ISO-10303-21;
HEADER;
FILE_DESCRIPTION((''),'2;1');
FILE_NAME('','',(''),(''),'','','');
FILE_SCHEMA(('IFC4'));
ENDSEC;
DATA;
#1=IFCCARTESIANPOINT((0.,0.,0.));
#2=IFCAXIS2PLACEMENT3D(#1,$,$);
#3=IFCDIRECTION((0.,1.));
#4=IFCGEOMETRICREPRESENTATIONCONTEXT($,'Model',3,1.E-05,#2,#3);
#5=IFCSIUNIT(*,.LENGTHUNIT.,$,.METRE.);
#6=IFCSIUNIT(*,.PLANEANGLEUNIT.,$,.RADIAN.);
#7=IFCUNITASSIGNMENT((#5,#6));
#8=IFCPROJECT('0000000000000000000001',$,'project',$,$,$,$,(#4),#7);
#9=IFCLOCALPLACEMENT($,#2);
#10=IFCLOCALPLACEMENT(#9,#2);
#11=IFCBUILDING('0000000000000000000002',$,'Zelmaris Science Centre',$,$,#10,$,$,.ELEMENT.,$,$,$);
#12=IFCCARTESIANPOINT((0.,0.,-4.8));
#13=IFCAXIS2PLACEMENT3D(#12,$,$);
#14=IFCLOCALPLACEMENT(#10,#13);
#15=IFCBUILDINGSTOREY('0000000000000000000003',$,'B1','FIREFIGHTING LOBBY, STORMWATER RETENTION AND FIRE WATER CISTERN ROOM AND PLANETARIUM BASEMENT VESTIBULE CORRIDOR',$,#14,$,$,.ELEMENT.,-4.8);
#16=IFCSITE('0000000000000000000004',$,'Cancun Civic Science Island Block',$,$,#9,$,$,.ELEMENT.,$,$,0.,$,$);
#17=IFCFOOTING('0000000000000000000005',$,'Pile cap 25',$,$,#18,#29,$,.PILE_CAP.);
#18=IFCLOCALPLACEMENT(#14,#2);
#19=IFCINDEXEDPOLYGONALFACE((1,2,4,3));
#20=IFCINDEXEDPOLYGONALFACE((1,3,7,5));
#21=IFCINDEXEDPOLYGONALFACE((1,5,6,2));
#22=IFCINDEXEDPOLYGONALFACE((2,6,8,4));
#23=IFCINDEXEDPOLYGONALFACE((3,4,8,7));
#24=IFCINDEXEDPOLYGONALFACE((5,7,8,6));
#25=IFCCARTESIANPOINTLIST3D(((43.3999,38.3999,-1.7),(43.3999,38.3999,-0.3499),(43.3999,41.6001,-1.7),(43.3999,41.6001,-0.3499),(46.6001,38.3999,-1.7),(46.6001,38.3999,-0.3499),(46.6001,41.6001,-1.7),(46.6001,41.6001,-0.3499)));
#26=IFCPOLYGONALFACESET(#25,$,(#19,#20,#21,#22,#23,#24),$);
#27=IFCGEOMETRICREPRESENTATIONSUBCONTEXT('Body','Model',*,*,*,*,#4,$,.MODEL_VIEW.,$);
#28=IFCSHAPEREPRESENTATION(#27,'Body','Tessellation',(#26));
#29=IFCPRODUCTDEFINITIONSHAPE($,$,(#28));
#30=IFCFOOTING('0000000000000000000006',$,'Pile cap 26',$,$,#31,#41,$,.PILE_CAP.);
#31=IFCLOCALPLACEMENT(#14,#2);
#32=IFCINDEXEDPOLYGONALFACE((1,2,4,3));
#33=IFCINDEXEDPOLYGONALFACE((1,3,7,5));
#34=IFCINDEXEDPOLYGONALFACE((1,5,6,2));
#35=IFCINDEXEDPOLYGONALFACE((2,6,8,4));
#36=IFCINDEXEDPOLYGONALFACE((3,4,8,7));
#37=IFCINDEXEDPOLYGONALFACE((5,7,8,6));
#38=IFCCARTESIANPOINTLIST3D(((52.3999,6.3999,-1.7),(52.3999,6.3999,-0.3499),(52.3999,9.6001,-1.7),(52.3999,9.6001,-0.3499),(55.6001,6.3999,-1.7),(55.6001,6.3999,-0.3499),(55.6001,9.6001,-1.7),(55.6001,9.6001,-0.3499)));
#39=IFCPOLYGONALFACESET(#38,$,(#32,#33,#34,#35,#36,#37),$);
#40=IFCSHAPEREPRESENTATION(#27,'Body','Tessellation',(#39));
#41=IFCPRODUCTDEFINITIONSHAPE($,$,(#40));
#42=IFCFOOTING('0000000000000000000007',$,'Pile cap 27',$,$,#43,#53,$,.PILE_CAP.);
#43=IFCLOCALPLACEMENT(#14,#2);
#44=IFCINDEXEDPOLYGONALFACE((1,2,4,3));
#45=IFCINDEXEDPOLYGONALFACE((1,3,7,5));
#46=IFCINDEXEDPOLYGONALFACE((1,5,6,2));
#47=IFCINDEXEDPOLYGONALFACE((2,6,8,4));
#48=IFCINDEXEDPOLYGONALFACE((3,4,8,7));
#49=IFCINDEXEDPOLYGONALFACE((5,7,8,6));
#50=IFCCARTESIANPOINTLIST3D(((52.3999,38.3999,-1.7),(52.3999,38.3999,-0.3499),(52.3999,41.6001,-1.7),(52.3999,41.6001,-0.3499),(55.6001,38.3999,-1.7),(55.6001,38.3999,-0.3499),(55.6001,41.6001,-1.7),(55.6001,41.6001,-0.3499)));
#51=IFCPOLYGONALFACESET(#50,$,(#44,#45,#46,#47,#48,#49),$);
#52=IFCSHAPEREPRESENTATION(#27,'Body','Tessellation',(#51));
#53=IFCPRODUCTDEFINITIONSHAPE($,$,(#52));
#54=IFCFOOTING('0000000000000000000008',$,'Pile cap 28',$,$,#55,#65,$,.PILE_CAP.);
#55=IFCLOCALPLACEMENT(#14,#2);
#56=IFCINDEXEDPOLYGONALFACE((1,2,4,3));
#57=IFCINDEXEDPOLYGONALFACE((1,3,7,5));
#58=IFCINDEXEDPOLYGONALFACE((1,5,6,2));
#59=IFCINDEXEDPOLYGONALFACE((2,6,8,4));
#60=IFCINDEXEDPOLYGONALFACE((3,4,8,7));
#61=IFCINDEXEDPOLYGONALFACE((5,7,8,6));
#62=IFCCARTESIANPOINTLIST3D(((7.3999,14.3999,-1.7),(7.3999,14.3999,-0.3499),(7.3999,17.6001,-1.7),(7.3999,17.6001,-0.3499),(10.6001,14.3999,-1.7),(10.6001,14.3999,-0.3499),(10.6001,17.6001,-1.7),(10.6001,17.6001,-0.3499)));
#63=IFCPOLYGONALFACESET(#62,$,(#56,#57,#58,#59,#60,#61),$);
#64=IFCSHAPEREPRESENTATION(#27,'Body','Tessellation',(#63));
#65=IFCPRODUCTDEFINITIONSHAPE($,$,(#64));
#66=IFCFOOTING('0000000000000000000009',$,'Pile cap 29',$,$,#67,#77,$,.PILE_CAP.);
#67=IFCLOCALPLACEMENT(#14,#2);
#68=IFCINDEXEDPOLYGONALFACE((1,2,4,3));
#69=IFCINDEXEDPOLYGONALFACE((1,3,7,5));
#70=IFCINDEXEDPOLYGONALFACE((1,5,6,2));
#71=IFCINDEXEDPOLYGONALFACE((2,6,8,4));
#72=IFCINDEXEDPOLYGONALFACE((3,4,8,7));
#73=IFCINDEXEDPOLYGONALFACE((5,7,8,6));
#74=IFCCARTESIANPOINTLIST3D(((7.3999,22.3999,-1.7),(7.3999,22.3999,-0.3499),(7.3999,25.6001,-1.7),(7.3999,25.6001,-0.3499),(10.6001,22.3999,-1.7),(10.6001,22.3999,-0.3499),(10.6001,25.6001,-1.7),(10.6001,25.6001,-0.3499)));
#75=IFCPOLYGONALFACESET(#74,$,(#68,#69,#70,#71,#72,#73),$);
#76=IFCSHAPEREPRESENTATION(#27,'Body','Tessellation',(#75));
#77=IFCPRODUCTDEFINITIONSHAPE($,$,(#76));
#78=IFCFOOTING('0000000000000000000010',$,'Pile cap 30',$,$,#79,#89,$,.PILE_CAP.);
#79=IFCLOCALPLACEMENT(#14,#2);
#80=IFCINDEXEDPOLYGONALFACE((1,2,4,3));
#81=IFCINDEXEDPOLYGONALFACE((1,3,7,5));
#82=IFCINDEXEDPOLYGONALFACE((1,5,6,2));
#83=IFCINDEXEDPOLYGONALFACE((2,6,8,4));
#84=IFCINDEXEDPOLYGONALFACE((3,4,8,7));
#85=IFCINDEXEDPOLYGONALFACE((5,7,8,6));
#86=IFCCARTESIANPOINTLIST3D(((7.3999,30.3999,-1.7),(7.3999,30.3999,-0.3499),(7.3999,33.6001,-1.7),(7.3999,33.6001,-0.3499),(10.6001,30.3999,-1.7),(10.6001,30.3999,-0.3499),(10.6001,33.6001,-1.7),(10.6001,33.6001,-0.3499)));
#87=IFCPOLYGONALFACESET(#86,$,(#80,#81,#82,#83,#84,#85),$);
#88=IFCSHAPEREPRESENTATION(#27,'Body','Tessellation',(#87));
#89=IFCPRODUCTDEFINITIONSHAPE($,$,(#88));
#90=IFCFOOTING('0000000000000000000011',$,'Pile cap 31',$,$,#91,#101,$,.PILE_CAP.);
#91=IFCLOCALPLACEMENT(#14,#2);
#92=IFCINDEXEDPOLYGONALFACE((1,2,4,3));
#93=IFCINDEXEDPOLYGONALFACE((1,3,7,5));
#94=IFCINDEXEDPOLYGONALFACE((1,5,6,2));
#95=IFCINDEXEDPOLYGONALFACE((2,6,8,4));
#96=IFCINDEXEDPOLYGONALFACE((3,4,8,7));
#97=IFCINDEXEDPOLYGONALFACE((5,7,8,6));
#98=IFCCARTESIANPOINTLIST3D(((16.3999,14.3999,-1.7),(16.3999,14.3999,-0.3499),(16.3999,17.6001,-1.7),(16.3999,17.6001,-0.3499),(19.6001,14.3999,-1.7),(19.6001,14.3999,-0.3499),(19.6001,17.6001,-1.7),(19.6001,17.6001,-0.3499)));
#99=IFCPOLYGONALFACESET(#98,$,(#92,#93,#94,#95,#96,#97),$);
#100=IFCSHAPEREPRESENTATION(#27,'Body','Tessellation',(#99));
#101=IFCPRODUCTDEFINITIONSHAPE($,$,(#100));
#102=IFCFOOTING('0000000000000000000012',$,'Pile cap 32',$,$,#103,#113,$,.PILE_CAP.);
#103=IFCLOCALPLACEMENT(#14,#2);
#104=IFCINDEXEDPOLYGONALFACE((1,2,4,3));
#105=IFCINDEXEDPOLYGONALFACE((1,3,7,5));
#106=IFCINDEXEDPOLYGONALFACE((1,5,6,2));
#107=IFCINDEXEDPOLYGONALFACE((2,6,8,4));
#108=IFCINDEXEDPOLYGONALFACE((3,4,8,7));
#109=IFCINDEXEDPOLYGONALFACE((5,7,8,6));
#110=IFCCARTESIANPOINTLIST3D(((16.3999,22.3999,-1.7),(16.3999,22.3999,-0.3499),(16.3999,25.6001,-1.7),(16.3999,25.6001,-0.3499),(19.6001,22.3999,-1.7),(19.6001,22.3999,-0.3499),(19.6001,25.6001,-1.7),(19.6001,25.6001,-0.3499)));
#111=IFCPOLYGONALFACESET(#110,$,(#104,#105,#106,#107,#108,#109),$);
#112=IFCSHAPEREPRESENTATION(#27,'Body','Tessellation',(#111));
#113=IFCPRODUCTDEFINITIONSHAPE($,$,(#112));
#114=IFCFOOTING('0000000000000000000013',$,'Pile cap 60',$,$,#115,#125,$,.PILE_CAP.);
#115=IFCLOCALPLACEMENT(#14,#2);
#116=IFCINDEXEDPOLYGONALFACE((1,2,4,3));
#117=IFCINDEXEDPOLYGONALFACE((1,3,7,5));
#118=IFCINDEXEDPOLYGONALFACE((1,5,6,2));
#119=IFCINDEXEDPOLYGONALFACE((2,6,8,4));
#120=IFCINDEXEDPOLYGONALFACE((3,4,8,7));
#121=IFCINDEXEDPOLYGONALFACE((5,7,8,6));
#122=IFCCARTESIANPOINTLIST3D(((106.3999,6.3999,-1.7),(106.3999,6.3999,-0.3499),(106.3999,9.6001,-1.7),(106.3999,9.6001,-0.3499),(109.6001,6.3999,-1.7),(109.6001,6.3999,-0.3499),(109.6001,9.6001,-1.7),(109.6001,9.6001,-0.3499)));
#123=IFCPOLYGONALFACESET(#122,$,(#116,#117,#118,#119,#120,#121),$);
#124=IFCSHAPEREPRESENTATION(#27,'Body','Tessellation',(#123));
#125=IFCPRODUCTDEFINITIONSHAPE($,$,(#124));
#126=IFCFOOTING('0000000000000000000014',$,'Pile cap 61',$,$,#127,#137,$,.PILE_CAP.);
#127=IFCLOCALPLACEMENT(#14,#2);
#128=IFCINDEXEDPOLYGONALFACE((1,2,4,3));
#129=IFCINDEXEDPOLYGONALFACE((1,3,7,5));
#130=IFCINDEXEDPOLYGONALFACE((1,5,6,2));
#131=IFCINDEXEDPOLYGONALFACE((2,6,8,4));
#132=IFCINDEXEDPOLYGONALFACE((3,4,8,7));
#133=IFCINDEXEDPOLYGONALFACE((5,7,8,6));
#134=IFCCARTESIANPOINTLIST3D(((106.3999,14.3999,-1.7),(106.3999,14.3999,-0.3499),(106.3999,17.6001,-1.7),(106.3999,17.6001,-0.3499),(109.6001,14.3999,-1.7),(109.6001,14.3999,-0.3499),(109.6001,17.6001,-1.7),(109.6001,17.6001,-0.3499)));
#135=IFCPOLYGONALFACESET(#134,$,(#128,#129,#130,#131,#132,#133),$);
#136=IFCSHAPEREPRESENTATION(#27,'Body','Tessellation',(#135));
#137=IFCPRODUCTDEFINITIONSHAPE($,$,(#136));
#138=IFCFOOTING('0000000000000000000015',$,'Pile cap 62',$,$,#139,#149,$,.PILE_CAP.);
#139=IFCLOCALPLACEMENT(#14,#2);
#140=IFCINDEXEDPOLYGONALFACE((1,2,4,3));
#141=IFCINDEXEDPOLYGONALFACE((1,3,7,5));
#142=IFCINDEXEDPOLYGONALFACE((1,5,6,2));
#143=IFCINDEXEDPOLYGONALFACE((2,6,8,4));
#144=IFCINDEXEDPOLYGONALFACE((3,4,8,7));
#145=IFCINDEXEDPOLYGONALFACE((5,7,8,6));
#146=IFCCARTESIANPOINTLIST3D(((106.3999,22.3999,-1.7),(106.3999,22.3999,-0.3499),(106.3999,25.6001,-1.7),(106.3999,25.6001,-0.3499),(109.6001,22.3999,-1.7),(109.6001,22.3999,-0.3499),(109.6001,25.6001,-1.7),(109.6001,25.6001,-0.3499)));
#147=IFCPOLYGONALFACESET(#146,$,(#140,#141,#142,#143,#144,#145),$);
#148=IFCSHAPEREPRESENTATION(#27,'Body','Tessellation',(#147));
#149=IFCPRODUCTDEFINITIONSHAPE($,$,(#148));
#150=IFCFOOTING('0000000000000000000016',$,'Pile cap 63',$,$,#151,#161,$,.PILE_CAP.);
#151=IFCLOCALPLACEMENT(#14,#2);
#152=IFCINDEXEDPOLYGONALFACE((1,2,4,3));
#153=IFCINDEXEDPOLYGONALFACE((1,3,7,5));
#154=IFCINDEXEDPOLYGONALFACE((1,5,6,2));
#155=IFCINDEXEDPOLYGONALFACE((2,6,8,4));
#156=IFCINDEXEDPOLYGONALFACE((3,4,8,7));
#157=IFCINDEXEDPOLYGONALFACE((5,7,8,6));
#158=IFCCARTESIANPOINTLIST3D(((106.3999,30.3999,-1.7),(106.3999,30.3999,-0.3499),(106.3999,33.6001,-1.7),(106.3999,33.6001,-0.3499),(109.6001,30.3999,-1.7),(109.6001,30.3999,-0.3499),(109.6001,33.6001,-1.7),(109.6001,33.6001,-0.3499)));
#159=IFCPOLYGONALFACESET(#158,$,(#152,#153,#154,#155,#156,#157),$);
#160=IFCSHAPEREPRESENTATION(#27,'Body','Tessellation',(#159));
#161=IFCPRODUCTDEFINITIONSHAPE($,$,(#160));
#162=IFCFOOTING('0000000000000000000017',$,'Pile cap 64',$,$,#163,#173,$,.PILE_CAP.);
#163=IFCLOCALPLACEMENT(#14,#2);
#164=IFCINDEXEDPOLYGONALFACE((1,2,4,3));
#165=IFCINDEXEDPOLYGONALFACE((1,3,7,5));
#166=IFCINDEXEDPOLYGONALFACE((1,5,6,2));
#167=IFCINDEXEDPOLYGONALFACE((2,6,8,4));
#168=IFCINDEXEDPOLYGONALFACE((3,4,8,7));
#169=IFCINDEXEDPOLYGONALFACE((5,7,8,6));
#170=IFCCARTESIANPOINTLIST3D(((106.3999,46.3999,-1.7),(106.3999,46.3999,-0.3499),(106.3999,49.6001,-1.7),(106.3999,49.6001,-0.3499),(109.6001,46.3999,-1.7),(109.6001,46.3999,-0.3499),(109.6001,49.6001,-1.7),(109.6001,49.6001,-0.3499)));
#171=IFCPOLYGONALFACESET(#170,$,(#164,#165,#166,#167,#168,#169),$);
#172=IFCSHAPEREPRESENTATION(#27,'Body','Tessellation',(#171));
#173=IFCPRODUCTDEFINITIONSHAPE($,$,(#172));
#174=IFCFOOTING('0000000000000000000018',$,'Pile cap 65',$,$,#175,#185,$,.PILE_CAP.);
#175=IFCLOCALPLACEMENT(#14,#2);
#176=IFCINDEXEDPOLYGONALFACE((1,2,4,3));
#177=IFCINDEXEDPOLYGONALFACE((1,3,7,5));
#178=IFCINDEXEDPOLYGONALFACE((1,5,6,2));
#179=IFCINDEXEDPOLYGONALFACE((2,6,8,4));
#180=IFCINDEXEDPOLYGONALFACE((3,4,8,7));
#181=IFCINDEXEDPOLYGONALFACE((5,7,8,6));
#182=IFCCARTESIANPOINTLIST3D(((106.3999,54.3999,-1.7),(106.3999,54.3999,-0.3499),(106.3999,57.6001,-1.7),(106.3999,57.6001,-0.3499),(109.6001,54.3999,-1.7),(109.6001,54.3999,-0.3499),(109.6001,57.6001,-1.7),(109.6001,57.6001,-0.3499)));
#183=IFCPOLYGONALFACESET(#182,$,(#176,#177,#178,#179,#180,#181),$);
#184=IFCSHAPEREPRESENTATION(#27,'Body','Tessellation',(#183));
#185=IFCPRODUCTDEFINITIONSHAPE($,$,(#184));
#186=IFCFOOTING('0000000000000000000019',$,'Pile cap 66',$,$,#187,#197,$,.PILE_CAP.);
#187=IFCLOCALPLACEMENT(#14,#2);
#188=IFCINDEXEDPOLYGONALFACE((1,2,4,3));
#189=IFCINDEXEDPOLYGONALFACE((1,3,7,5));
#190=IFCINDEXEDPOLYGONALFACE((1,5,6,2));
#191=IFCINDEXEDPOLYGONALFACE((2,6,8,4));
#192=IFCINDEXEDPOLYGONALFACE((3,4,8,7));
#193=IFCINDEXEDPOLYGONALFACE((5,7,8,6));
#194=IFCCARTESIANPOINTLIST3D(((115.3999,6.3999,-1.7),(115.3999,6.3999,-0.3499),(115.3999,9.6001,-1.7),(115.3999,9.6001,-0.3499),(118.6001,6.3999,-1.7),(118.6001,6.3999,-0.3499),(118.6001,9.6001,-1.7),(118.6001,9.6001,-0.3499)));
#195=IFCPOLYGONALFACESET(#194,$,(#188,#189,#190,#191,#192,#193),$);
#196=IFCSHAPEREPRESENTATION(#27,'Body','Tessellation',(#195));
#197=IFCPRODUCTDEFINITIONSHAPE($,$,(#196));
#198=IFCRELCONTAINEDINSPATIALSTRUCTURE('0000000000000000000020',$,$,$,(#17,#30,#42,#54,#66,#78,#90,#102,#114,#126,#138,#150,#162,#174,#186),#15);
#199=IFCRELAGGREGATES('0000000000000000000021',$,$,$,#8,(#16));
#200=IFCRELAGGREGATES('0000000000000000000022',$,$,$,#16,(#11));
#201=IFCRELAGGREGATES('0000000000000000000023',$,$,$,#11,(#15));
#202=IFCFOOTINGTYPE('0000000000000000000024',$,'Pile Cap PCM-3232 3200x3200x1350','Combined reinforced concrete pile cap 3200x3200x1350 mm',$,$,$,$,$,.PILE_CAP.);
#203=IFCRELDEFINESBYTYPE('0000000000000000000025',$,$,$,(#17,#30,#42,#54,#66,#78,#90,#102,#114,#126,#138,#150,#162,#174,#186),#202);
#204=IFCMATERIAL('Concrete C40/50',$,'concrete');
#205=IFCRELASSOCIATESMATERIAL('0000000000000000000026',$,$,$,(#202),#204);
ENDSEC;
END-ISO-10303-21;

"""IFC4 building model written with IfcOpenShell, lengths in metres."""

from ifc_helpers import new_model, si_unit, direction, frame, origin, place, context, subcontext, project, spatial, polyline, outline, extrude, material, type_object, element, save


model = new_model("IFC4")

# Units and contexts
model_context = context("Model", 3, precision=1e-05, world=origin(), true_north=direction((0.0, 1.0)))
body_context = subcontext(model_context, "Body", "Model", "MODEL_VIEW")
ifc_project = project(units=[si_unit("LENGTHUNIT", "METRE"), si_unit("PLANEANGLEUNIT", "RADIAN")], contexts=[model_context])

# Site, building, storey
site_placement = place(None, origin())
site = spatial("IfcSite", under=ifc_project, at=site_placement, Name="Cancun Civic Science Island Block", CompositionType="ELEMENT", RefElevation=0.0)
building_placement = place(site_placement, origin())
building = spatial("IfcBuilding", under=site, at=building_placement, Name="Zelmaris Science Centre", CompositionType="ELEMENT")
storey_placement = place(building_placement, frame((0.0, 0.0, -4.8)))
storey = spatial("IfcBuildingStorey", under=building, at=storey_placement, Name="B1", Description="FIREFIGHTING LOBBY, STORMWATER RETENTION AND FIRE WATER CISTERN ROOM AND PLANETARIUM BASEMENT VESTIBULE CORRIDOR", CompositionType="ELEMENT", Elevation=-4.8)

# Footings
ifc_material = material(Name="Concrete C40/50", Category="concrete")
footing_type = type_object("IfcFootingType", Name="Pile Cap PCM-3232 3200x3200x1350", Description="Combined reinforced concrete pile cap 3200x3200x1350 mm", PredefinedType="PILE_CAP", material=ifc_material)
footing_1_placement = place(storey_placement, frame((0.0, 0.0, -1.7)))
element("IfcFooting", 1, at=footing_1_placement, inside=storey, type_object=footing_type, Name="Pile cap 25", PredefinedType="PILE_CAP", context=body_context, shape_type="SweptSolid", body=[
    extrude(outline(polyline([(43.3999, 38.3999), (46.6001, 38.3999), (46.6001, 41.6001), (43.3999, 41.6001), (43.3999, 38.3999)])), origin(), (0.0, 0.0, 1.0), 1.3501),
])
footing_2_placement = place(storey_placement, frame((0.0, 0.0, -1.7)))
element("IfcFooting", 2, at=footing_2_placement, inside=storey, type_object=footing_type, Name="Pile cap 26", PredefinedType="PILE_CAP", context=body_context, shape_type="SweptSolid", body=[
    extrude(outline(polyline([(52.3999, 6.3999), (55.6001, 6.3999), (55.6001, 9.6001), (52.3999, 9.6001), (52.3999, 6.3999)])), origin(), (0.0, 0.0, 1.0), 1.3501),
])
footing_3_placement = place(storey_placement, frame((0.0, 0.0, -1.7)))
element("IfcFooting", 3, at=footing_3_placement, inside=storey, type_object=footing_type, Name="Pile cap 27", PredefinedType="PILE_CAP", context=body_context, shape_type="SweptSolid", body=[
    extrude(outline(polyline([(52.3999, 38.3999), (55.6001, 38.3999), (55.6001, 41.6001), (52.3999, 41.6001), (52.3999, 38.3999)])), origin(), (0.0, 0.0, 1.0), 1.3501),
])
footing_4_placement = place(storey_placement, frame((0.0, 0.0, -1.7)))
element("IfcFooting", 4, at=footing_4_placement, inside=storey, type_object=footing_type, Name="Pile cap 28", PredefinedType="PILE_CAP", context=body_context, shape_type="SweptSolid", body=[
    extrude(outline(polyline([(7.3999, 14.3999), (10.6001, 14.3999), (10.6001, 17.6001), (7.3999, 17.6001), (7.3999, 14.3999)])), origin(), (0.0, 0.0, 1.0), 1.3501),
])
footing_5_placement = place(storey_placement, frame((0.0, 0.0, -1.7)))
element("IfcFooting", 5, at=footing_5_placement, inside=storey, type_object=footing_type, Name="Pile cap 29", PredefinedType="PILE_CAP", context=body_context, shape_type="SweptSolid", body=[
    extrude(outline(polyline([(7.3999, 22.3999), (10.6001, 22.3999), (10.6001, 25.6001), (7.3999, 25.6001), (7.3999, 22.3999)])), origin(), (0.0, 0.0, 1.0), 1.3501),
])
footing_6_placement = place(storey_placement, frame((0.0, 0.0, -1.7)))
element("IfcFooting", 6, at=footing_6_placement, inside=storey, type_object=footing_type, Name="Pile cap 30", PredefinedType="PILE_CAP", context=body_context, shape_type="SweptSolid", body=[
    extrude(outline(polyline([(7.3999, 30.3999), (10.6001, 30.3999), (10.6001, 33.6001), (7.3999, 33.6001), (7.3999, 30.3999)])), origin(), (0.0, 0.0, 1.0), 1.3501),
])
footing_7_placement = place(storey_placement, frame((0.0, 0.0, -1.7)))
element("IfcFooting", 7, at=footing_7_placement, inside=storey, type_object=footing_type, Name="Pile cap 31", PredefinedType="PILE_CAP", context=body_context, shape_type="SweptSolid", body=[
    extrude(outline(polyline([(16.3999, 14.3999), (19.6001, 14.3999), (19.6001, 17.6001), (16.3999, 17.6001), (16.3999, 14.3999)])), origin(), (0.0, 0.0, 1.0), 1.3501),
])
footing_8_placement = place(storey_placement, frame((0.0, 0.0, -1.7)))
element("IfcFooting", 8, at=footing_8_placement, inside=storey, type_object=footing_type, Name="Pile cap 32", PredefinedType="PILE_CAP", context=body_context, shape_type="SweptSolid", body=[
    extrude(outline(polyline([(16.3999, 22.3999), (19.6001, 22.3999), (19.6001, 25.6001), (16.3999, 25.6001), (16.3999, 22.3999)])), origin(), (0.0, 0.0, 1.0), 1.3501),
])
footing_9_placement = place(storey_placement, frame((0.0, 0.0, -1.7)))
element("IfcFooting", 9, at=footing_9_placement, inside=storey, type_object=footing_type, Name="Pile cap 60", PredefinedType="PILE_CAP", context=body_context, shape_type="SweptSolid", body=[
    extrude(outline(polyline([(106.3999, 6.3999), (109.6001, 6.3999), (109.6001, 9.6001), (106.3999, 9.6001), (106.3999, 6.3999)])), origin(), (0.0, 0.0, 1.0), 1.3501),
])
footing_10_placement = place(storey_placement, frame((0.0, 0.0, -1.7)))
element("IfcFooting", 10, at=footing_10_placement, inside=storey, type_object=footing_type, Name="Pile cap 61", PredefinedType="PILE_CAP", context=body_context, shape_type="SweptSolid", body=[
    extrude(outline(polyline([(106.3999, 14.3999), (109.6001, 14.3999), (109.6001, 17.6001), (106.3999, 17.6001), (106.3999, 14.3999)])), origin(), (0.0, 0.0, 1.0), 1.3501),
])
footing_11_placement = place(storey_placement, frame((0.0, 0.0, -1.7)))
element("IfcFooting", 11, at=footing_11_placement, inside=storey, type_object=footing_type, Name="Pile cap 62", PredefinedType="PILE_CAP", context=body_context, shape_type="SweptSolid", body=[
    extrude(outline(polyline([(106.3999, 22.3999), (109.6001, 22.3999), (109.6001, 25.6001), (106.3999, 25.6001), (106.3999, 22.3999)])), origin(), (0.0, 0.0, 1.0), 1.3501),
])
footing_12_placement = place(storey_placement, frame((0.0, 0.0, -1.7)))
element("IfcFooting", 12, at=footing_12_placement, inside=storey, type_object=footing_type, Name="Pile cap 63", PredefinedType="PILE_CAP", context=body_context, shape_type="SweptSolid", body=[
    extrude(outline(polyline([(106.3999, 30.3999), (109.6001, 30.3999), (109.6001, 33.6001), (106.3999, 33.6001), (106.3999, 30.3999)])), origin(), (0.0, 0.0, 1.0), 1.3501),
])
footing_13_placement = place(storey_placement, frame((0.0, 0.0, -1.7)))
element("IfcFooting", 13, at=footing_13_placement, inside=storey, type_object=footing_type, Name="Pile cap 64", PredefinedType="PILE_CAP", context=body_context, shape_type="SweptSolid", body=[
    extrude(outline(polyline([(106.3999, 46.3999), (109.6001, 46.3999), (109.6001, 49.6001), (106.3999, 49.6001), (106.3999, 46.3999)])), origin(), (0.0, 0.0, 1.0), 1.3501),
])
footing_14_placement = place(storey_placement, frame((0.0, 0.0, -1.7)))
element("IfcFooting", 14, at=footing_14_placement, inside=storey, type_object=footing_type, Name="Pile cap 65", PredefinedType="PILE_CAP", context=body_context, shape_type="SweptSolid", body=[
    extrude(outline(polyline([(106.3999, 54.3999), (109.6001, 54.3999), (109.6001, 57.6001), (106.3999, 57.6001), (106.3999, 54.3999)])), origin(), (0.0, 0.0, 1.0), 1.3501),
])
footing_15_placement = place(storey_placement, frame((0.0, 0.0, -1.7)))
element("IfcFooting", 15, at=footing_15_placement, inside=storey, type_object=footing_type, Name="Pile cap 66", PredefinedType="PILE_CAP", context=body_context, shape_type="SweptSolid", body=[
    extrude(outline(polyline([(115.3999, 6.3999), (118.6001, 6.3999), (118.6001, 9.6001), (115.3999, 9.6001), (115.3999, 6.3999)])), origin(), (0.0, 0.0, 1.0), 1.3501),
])

save(model, "model.ifc")
